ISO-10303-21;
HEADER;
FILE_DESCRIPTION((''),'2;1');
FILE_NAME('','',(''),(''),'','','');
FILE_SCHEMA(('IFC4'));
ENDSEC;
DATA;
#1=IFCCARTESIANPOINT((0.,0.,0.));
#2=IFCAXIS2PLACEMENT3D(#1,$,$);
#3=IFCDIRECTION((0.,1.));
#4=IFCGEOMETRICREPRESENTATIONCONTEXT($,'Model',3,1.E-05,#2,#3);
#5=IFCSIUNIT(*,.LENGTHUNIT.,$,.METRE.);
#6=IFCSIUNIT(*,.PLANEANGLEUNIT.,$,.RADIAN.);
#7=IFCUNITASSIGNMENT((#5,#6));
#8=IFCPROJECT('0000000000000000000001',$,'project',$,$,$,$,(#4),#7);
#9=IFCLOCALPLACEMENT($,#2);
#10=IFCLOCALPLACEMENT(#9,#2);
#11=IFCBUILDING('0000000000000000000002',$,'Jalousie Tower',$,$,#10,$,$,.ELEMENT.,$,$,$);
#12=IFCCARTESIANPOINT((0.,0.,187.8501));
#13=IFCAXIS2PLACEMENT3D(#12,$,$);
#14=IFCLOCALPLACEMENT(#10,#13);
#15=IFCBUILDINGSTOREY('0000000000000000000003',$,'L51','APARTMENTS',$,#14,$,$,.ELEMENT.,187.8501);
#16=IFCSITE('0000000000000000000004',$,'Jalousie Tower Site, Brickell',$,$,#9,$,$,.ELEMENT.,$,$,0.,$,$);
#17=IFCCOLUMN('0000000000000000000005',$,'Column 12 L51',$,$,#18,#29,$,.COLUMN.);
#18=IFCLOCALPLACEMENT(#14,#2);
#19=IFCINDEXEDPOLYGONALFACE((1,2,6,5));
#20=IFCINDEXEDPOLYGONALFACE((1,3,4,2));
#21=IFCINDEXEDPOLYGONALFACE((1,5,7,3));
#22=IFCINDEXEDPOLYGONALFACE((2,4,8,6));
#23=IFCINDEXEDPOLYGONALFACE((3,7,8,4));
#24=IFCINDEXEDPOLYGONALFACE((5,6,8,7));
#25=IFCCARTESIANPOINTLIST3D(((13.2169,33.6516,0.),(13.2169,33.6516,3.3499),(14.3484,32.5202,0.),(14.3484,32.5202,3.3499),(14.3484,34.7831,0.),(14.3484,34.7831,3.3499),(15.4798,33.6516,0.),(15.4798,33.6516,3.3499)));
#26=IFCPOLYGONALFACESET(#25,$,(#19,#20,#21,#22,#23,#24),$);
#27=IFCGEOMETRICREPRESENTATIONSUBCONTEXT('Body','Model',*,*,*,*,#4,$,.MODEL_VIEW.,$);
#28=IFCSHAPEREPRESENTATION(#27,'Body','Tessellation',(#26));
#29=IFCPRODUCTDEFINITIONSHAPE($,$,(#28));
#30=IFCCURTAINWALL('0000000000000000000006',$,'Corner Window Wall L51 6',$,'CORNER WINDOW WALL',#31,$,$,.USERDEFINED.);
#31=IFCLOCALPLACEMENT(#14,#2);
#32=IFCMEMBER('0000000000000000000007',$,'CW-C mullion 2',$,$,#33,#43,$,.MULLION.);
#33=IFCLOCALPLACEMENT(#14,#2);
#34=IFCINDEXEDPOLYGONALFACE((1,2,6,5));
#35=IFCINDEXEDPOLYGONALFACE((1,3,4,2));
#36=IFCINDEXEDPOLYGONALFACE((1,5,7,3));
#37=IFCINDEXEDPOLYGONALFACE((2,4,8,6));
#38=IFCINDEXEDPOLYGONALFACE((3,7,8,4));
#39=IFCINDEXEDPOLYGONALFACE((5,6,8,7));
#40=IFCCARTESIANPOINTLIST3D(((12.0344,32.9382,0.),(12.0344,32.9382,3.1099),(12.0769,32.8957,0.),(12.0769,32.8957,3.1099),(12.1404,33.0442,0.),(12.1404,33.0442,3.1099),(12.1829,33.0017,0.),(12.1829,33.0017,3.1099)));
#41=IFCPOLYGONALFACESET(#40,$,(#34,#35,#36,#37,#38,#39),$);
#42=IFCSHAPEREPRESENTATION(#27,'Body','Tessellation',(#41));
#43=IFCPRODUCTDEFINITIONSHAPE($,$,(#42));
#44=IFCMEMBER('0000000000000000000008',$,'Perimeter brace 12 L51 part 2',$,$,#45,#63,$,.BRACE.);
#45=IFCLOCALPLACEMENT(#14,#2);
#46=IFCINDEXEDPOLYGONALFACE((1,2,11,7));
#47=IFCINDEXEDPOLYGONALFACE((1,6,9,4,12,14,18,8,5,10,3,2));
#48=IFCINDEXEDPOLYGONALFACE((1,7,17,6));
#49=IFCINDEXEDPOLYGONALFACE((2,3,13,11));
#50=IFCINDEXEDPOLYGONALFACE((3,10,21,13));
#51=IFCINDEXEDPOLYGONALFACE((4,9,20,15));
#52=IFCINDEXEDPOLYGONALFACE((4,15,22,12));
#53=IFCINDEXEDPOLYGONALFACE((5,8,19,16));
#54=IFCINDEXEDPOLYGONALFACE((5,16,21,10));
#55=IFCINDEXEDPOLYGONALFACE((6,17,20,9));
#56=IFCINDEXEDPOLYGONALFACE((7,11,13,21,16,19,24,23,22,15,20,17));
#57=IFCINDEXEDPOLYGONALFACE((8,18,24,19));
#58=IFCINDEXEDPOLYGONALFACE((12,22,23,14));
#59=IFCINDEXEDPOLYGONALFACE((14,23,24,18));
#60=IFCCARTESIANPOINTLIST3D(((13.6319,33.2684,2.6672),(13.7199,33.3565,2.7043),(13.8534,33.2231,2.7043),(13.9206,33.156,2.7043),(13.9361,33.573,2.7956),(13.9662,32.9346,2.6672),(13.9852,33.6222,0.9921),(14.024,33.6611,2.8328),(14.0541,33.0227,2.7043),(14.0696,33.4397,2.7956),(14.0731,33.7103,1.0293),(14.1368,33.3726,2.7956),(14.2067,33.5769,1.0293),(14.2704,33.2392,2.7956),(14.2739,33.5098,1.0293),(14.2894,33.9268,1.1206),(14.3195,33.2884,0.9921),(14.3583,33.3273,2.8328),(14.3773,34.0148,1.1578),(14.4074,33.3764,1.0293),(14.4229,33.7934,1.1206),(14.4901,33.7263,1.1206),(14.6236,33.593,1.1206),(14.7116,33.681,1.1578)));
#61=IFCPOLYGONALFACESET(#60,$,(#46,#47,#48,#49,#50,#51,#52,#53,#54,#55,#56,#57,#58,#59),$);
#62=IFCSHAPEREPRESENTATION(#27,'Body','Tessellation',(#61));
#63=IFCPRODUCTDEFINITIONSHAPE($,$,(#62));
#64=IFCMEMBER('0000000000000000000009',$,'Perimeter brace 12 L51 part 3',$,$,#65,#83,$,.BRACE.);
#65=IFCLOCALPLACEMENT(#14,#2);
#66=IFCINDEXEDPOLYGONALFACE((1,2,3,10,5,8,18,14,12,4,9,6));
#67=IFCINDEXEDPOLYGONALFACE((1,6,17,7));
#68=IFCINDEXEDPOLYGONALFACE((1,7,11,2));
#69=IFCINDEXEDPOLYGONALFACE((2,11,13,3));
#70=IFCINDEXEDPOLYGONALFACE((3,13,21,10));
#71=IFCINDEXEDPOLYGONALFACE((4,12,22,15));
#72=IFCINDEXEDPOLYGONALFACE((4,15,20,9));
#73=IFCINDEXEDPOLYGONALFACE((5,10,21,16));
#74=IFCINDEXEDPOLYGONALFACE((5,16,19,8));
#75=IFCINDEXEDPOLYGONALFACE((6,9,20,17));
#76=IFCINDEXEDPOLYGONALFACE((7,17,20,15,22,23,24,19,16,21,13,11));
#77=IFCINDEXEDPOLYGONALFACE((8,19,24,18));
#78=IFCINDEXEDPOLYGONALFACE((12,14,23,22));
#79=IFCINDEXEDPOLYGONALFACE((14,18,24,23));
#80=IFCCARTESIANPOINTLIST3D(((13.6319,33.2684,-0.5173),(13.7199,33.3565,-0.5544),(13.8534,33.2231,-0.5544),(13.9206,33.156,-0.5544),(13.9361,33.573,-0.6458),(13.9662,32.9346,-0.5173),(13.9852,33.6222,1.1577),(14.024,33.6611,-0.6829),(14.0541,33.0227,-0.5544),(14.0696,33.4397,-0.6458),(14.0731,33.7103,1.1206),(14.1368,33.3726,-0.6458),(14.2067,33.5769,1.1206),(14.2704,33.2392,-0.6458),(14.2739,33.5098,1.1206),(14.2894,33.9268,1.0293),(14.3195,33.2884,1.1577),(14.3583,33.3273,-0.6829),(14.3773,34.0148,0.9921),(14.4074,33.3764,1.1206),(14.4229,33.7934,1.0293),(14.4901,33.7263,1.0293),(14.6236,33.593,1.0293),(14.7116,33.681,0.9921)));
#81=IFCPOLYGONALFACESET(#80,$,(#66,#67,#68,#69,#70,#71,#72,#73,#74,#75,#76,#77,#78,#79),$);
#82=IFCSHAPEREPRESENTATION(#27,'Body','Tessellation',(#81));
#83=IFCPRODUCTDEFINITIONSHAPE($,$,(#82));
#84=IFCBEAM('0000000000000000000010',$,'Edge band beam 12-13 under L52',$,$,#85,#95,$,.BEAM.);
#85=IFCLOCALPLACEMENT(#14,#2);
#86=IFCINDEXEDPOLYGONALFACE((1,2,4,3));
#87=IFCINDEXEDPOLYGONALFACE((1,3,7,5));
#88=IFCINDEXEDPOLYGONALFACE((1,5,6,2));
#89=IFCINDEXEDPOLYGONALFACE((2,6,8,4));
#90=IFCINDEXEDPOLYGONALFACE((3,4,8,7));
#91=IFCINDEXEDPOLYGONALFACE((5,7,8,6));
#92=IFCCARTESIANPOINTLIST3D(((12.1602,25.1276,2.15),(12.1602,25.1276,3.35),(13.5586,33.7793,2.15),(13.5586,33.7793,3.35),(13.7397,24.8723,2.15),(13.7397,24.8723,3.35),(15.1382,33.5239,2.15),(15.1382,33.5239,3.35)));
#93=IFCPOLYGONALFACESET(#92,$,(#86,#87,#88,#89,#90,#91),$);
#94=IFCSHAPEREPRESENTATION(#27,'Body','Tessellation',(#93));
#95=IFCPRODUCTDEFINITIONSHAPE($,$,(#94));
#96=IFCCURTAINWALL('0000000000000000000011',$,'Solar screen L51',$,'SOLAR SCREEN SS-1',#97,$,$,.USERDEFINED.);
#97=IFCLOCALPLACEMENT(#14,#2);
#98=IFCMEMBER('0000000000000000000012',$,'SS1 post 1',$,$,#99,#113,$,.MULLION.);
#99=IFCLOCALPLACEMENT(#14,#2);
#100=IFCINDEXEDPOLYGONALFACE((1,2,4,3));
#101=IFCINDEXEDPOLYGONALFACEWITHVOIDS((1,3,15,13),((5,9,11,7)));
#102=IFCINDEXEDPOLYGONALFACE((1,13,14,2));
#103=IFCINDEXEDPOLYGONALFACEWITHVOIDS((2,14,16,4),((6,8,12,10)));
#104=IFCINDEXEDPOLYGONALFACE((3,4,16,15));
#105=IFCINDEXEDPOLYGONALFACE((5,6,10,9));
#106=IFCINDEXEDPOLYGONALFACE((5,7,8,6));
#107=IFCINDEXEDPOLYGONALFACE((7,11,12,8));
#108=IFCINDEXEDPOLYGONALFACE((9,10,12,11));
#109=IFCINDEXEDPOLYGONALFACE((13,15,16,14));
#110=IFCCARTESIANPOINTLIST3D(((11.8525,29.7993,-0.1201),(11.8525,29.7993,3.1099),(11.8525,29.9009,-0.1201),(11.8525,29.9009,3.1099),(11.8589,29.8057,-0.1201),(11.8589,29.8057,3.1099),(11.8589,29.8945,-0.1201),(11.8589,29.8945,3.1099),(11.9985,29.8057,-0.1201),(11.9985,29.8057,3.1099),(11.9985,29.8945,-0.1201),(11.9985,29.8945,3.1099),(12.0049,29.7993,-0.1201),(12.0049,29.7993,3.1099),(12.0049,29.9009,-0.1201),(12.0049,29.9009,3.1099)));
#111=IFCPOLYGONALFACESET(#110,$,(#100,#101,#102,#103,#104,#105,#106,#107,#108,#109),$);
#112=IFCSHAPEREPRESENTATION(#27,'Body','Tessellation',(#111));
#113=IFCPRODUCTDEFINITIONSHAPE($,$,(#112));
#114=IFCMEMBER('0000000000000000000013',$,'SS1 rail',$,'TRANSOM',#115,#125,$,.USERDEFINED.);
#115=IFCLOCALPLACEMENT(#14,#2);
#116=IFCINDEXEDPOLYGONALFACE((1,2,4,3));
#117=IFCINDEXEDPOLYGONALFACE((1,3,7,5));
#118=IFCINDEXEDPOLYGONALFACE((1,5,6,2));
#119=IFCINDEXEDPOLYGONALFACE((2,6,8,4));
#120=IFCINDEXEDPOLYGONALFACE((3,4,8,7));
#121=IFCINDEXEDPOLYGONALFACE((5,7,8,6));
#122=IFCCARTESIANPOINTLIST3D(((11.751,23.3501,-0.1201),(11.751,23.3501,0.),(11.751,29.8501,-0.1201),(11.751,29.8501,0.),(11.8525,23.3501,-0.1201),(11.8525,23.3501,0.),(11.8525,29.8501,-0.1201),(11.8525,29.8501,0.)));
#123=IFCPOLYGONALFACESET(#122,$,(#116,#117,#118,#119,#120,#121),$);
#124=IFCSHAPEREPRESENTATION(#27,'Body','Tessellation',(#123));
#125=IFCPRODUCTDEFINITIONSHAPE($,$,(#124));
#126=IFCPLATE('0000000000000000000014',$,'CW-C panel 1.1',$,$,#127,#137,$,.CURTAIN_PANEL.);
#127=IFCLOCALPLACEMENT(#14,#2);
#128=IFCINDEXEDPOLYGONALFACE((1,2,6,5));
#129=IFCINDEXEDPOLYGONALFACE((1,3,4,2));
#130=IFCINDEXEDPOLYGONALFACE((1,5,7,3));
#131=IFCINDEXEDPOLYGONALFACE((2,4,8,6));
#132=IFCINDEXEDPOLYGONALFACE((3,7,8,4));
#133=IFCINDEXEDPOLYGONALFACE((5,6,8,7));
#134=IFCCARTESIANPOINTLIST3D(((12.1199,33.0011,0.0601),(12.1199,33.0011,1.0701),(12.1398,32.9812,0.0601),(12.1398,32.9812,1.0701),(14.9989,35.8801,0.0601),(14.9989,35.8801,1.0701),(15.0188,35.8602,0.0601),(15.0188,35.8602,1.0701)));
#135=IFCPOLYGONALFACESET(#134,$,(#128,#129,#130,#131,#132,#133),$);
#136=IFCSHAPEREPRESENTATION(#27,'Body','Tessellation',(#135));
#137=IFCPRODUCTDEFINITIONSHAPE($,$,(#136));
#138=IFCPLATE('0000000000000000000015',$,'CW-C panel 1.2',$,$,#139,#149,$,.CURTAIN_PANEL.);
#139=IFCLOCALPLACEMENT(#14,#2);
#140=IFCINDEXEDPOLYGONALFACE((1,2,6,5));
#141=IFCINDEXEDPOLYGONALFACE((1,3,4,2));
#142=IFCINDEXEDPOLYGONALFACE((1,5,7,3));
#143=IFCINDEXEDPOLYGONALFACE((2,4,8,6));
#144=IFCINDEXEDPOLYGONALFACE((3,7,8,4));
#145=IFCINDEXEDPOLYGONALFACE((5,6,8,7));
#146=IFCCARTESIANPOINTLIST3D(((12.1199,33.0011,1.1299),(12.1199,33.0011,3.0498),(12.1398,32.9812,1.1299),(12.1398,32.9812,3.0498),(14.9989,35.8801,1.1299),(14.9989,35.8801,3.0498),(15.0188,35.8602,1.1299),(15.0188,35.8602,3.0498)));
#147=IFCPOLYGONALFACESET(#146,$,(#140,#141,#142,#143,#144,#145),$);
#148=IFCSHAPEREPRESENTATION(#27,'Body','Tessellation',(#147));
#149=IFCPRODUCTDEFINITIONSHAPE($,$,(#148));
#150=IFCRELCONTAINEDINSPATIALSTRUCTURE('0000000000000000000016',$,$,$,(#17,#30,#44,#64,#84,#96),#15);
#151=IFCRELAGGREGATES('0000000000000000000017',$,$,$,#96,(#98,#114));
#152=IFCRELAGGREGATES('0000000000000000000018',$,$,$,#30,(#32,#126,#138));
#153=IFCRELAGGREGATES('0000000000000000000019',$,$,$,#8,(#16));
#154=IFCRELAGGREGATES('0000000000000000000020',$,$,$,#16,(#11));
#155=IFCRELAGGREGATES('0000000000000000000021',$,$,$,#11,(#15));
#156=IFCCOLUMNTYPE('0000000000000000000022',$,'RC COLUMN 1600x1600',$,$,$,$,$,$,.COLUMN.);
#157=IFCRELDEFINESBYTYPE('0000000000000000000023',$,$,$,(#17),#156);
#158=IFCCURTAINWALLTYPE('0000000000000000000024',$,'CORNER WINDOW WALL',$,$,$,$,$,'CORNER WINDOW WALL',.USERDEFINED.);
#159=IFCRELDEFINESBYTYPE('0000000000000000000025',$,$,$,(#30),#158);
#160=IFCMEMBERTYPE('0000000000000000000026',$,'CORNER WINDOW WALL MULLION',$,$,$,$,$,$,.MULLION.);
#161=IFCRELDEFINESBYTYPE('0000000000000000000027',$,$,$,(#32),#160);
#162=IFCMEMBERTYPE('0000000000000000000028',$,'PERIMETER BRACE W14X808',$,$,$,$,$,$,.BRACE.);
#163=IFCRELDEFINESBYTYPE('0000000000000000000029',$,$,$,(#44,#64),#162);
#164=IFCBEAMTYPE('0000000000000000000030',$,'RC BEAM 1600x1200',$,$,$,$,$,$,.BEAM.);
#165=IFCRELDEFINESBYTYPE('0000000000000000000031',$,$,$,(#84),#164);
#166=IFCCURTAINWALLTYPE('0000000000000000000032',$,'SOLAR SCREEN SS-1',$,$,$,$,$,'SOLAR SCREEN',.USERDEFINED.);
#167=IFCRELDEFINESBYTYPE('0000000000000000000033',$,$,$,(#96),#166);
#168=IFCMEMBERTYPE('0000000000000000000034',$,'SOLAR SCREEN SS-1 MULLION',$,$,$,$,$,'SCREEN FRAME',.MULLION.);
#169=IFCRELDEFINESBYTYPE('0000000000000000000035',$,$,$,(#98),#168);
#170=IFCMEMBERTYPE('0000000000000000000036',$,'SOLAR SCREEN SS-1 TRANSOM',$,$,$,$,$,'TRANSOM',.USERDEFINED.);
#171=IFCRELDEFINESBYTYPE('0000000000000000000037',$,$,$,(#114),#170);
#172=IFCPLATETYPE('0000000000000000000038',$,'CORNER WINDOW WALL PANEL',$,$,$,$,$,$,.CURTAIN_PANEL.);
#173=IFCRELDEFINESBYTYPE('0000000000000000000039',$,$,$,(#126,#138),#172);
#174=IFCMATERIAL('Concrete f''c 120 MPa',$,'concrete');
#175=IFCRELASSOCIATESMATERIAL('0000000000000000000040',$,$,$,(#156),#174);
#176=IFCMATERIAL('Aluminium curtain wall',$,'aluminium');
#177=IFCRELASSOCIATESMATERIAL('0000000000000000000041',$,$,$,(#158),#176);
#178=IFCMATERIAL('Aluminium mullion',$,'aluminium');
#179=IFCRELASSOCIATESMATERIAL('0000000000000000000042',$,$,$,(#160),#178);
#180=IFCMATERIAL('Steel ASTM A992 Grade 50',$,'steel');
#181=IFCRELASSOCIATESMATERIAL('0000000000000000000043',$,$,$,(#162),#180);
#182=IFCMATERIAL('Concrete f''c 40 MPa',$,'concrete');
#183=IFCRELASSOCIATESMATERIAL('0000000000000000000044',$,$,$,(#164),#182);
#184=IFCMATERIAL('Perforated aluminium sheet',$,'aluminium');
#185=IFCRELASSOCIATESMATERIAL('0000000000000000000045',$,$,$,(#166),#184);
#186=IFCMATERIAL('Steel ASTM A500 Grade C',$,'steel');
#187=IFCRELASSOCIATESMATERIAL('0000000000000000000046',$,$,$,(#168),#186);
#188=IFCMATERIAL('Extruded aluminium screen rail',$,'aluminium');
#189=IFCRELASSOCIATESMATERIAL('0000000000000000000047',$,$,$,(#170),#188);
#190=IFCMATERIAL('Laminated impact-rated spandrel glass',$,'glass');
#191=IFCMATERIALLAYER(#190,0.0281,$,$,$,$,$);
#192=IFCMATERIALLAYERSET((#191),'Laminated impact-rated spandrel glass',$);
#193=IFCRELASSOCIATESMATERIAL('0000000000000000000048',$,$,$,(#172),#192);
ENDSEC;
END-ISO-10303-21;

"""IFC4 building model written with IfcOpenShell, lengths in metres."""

from ifc_helpers import new_model, si_unit, direction, frame, origin, origin_2d, place, context, subcontext, project, spatial, rectangle, hollow_rectangle, i_section, extrude, material, layer, layer_set, material_profile, profile_set, type_object, element, aggregate, save


model = new_model("IFC4")

# Units and contexts
model_context = context("Model", 3, precision=1e-05, world=origin(), true_north=direction((0.0, 1.0)))
body_context = subcontext(model_context, "Body", "Model", "MODEL_VIEW")
ifc_project = project(units=[si_unit("LENGTHUNIT", "METRE"), si_unit("PLANEANGLEUNIT", "RADIAN")], contexts=[model_context])

# Site, building, storey
site_placement = place(None, origin())
site = spatial("IfcSite", under=ifc_project, at=site_placement, Name="Jalousie Tower Site, Brickell", CompositionType="ELEMENT", RefElevation=0.0)
building_placement = place(site_placement, origin())
building = spatial("IfcBuilding", under=site, at=building_placement, Name="Jalousie Tower", CompositionType="ELEMENT")
storey_placement = place(building_placement, frame((0.0, 0.0, 187.8501)))
storey = spatial("IfcBuildingStorey", under=building, at=storey_placement, Name="L51", Description="APARTMENTS", CompositionType="ELEMENT", Elevation=187.8501)

# Column
ifc_material_1 = material(Name="Concrete f'c 120 MPa", Category="concrete")
ifc_material_profile_1 = material_profile(ifc_material_1, rectangle(XDim=1.6001, YDim=1.6001, at=origin_2d()), Name="RC 1600x1600")
ifc_profile_set_1 = profile_set([ifc_material_profile_1], Name="Concrete f'c 120 MPa")
column_type = type_object("IfcColumnType", Name="RC COLUMN 1600x1600", PredefinedType="COLUMN", material=ifc_profile_set_1)
column_placement = place(storey_placement, frame((14.3484, 33.6516, 0.0), z_axis=(0.0, 0.0, 1.0), x_axis=(0.707107, 0.707107, 0.0)))
element("IfcColumn", 1, at=column_placement, inside=storey, type_object=column_type, Name="Column 12 L51", PredefinedType="COLUMN", context=body_context, shape_type="SweptSolid", body=[
    extrude(rectangle(XDim=1.6001, YDim=1.6001, at=origin_2d()), origin(), (0.0, 0.0, 1.0), 3.3499),
])

# Curtain wall, member
ifc_material_2 = material(Name="Aluminium curtain wall", Category="aluminium")
curtain_wall_type_1 = type_object("IfcCurtainWallType", Name="CORNER WINDOW WALL", ElementType="CORNER WINDOW WALL", PredefinedType="USERDEFINED", material=ifc_material_2)
curtain_wall_1_placement = place(storey_placement, origin())
curtain_wall_1 = element("IfcCurtainWall", 2, at=curtain_wall_1_placement, inside=storey, type_object=curtain_wall_type_1, Name="Corner Window Wall L51 6", ObjectType="CORNER WINDOW WALL", PredefinedType="USERDEFINED")
ifc_material_3 = material(Name="Aluminium mullion", Category="aluminium")
ifc_material_profile_2 = material_profile(ifc_material_3, rectangle(XDim=0.0601, YDim=0.1499, at=origin_2d()), Name="MULLION 60x150")
ifc_profile_set_2 = profile_set([ifc_material_profile_2], Name="Aluminium mullion")
member_type_1 = type_object("IfcMemberType", Name="CORNER WINDOW WALL MULLION", PredefinedType="MULLION", material=ifc_profile_set_2)
member_1_placement = place(storey_placement, frame((12.1086, 32.97, 0.0), z_axis=(0.0, 0.0, 1.0), x_axis=(0.707107, -0.707107, 0.0)))
member_1 = element("IfcMember", 3, at=member_1_placement, type_object=member_type_1, Name="CW-C mullion 2", PredefinedType="MULLION", context=body_context, shape_type="SweptSolid", body=[
    extrude(rectangle(XDim=0.0601, YDim=0.1499, at=origin_2d()), origin(), (0.0, 0.0, 1.0), 3.1099),
])

# Members
ifc_material_4 = material(Name="Steel ASTM A992 Grade 50", Category="steel")
ifc_material_profile_3 = material_profile(ifc_material_4, i_section(OverallWidth=0.4724, OverallDepth=0.5791, WebThickness=0.095, FlangeThickness=0.1299, at=origin_2d()), Name="W14X808")
ifc_profile_set_3 = profile_set([ifc_material_profile_3], Name="Steel ASTM A992 Grade 50")
member_type_2 = type_object("IfcMemberType", Name="PERIMETER BRACE W14X808", PredefinedType="BRACE", material=ifc_profile_set_3)
for number, where, z_axis, x_axis, name in (
    (4, (14.3484, 33.6516, 1.075), (-0.202093, -0.202372, 0.95823), (0.707595, -0.706618, 0.0), "Perimeter brace 12 L51 part 2"),
    (5, (13.9951, 33.2979, -0.6001), (0.202093, 0.202372, 0.95823), (-0.707595, 0.706618, 0.0), "Perimeter brace 12 L51 part 3"),
):
    element("IfcMember", number, at=place(storey_placement, frame(where, z_axis=z_axis, x_axis=x_axis)), inside=storey, type_object=member_type_2, Name=name, PredefinedType="BRACE", context=body_context, shape_type="SweptSolid", body=[
        extrude(i_section(OverallWidth=0.4724, OverallDepth=0.5791, WebThickness=0.095, FlangeThickness=0.1299, at=origin_2d()), origin(), (0.0, 0.0, 1.0), 1.748),
    ])

# Beam
ifc_material_5 = material(Name="Concrete f'c 40 MPa", Category="concrete")
ifc_material_profile_4 = material_profile(ifc_material_5, rectangle(XDim=1.6001, YDim=1.2, at=origin_2d()), Name="RC 1600x1200")
ifc_profile_set_4 = profile_set([ifc_material_profile_4], Name="Concrete f'c 40 MPa")
beam_type = type_object("IfcBeamType", Name="RC BEAM 1600x1200", PredefinedType="BEAM", material=ifc_profile_set_4)
beam_placement = place(storey_placement, frame((14.3484, 33.6516, 2.75), z_axis=(-0.159568, -0.987187, 0.0), x_axis=(0.987187, -0.159568, 0.0)))
element("IfcBeam", 6, at=beam_placement, inside=storey, type_object=beam_type, Name="Edge band beam 12-13 under L52", PredefinedType="BEAM", context=body_context, shape_type="SweptSolid", body=[
    extrude(rectangle(XDim=1.6001, YDim=1.2, at=origin_2d()), origin(), (0.0, 0.0, 1.0), 8.7639),
])

# Curtain wall, members
ifc_material_6 = material(Name="Perforated aluminium sheet", Category="aluminium")
curtain_wall_type_2 = type_object("IfcCurtainWallType", Name="SOLAR SCREEN SS-1", ElementType="SOLAR SCREEN", PredefinedType="USERDEFINED", material=ifc_material_6)
curtain_wall_2_placement = place(storey_placement, origin())
curtain_wall_2 = element("IfcCurtainWall", 7, at=curtain_wall_2_placement, inside=storey, type_object=curtain_wall_type_2, Name="Solar screen L51", ObjectType="SOLAR SCREEN SS-1", PredefinedType="USERDEFINED")
ifc_material_7 = material(Name="Steel ASTM A500 Grade C", Category="steel")
ifc_material_profile_5 = material_profile(ifc_material_7, hollow_rectangle(XDim=0.1016, YDim=0.1523, WallThickness=0.0063, at=origin_2d()), Name="HSS6X4X1/4")
ifc_profile_set_5 = profile_set([ifc_material_profile_5], Name="Steel ASTM A500 Grade C")
member_type_3 = type_object("IfcMemberType", Name="SOLAR SCREEN SS-1 MULLION", ElementType="SCREEN FRAME", PredefinedType="MULLION", material=ifc_profile_set_5)
member_2_placement = place(storey_placement, frame((11.9287, 29.8501, -0.1201), z_axis=(0.0, 0.0, 1.0), x_axis=(0.0, -1.0, 0.0)))
member_2 = element("IfcMember", 8, at=member_2_placement, type_object=member_type_3, Name="SS1 post 1", PredefinedType="MULLION", context=body_context, shape_type="SweptSolid", body=[
    extrude(hollow_rectangle(XDim=0.1016, YDim=0.1523, WallThickness=0.0063, at=origin_2d()), origin(), (0.0, 0.0, 1.0), 3.23),
])
ifc_material_8 = material(Name="Extruded aluminium screen rail", Category="aluminium")
ifc_material_profile_6 = material_profile(ifc_material_8, rectangle(XDim=0.1016, YDim=0.1201, at=origin_2d()), Name="RAIL 102x120")
ifc_profile_set_6 = profile_set([ifc_material_profile_6], Name="Extruded aluminium screen rail")
member_type_4 = type_object("IfcMemberType", Name="SOLAR SCREEN SS-1 TRANSOM", ElementType="TRANSOM", PredefinedType="USERDEFINED", material=ifc_profile_set_6)
member_3_placement = place(storey_placement, frame((11.8018, 29.8501, -0.0601), z_axis=(0.0, -1.0, 0.0), x_axis=(1.0, 0.0, 0.0)))
member_3 = element("IfcMember", 9, at=member_3_placement, type_object=member_type_4, Name="SS1 rail", ObjectType="TRANSOM", PredefinedType="USERDEFINED", context=body_context, shape_type="SweptSolid", body=[
    extrude(rectangle(XDim=0.1016, YDim=0.1201, at=origin_2d()), origin(), (0.0, 0.0, 1.0), 6.5),
])
aggregate(curtain_wall_2, [member_2, member_3])

# Plates
ifc_material_9 = material(Name="Laminated impact-rated spandrel glass", Category="glass")
ifc_layer = layer(ifc_material_9, 0.0281)
ifc_layer_set = layer_set([ifc_layer], Name="Laminated impact-rated spandrel glass")
plate_type = type_object("IfcPlateType", Name="CORNER WINDOW WALL PANEL", PredefinedType="CURTAIN_PANEL", material=ifc_layer_set)
plate_1_placement = place(storey_placement, frame((13.5693, 34.4307, 0.0601), z_axis=(0.0, 0.0, 1.0), x_axis=(-0.707107, -0.707107, 0.0)))
plate_1 = element("IfcPlate", 10, at=plate_1_placement, type_object=plate_type, Name="CW-C panel 1.1", PredefinedType="CURTAIN_PANEL", context=body_context, shape_type="SweptSolid", body=[
    extrude(rectangle(XDim=4.0715, YDim=0.0281, at=origin_2d()), origin(), (0.0, 0.0, 1.0), 1.01),
])
plate_2_placement = place(storey_placement, frame((13.5693, 34.4307, 1.1299), z_axis=(0.0, 0.0, 1.0), x_axis=(-0.707107, -0.707107, 0.0)))
plate_2 = element("IfcPlate", 11, at=plate_2_placement, type_object=plate_type, Name="CW-C panel 1.2", PredefinedType="CURTAIN_PANEL", context=body_context, shape_type="SweptSolid", body=[
    extrude(rectangle(XDim=4.0715, YDim=0.0281, at=origin_2d()), origin(), (0.0, 0.0, 1.0), 1.9199),
])
aggregate(curtain_wall_1, [member_1, plate_1, plate_2])

save(model, "model.ifc")
